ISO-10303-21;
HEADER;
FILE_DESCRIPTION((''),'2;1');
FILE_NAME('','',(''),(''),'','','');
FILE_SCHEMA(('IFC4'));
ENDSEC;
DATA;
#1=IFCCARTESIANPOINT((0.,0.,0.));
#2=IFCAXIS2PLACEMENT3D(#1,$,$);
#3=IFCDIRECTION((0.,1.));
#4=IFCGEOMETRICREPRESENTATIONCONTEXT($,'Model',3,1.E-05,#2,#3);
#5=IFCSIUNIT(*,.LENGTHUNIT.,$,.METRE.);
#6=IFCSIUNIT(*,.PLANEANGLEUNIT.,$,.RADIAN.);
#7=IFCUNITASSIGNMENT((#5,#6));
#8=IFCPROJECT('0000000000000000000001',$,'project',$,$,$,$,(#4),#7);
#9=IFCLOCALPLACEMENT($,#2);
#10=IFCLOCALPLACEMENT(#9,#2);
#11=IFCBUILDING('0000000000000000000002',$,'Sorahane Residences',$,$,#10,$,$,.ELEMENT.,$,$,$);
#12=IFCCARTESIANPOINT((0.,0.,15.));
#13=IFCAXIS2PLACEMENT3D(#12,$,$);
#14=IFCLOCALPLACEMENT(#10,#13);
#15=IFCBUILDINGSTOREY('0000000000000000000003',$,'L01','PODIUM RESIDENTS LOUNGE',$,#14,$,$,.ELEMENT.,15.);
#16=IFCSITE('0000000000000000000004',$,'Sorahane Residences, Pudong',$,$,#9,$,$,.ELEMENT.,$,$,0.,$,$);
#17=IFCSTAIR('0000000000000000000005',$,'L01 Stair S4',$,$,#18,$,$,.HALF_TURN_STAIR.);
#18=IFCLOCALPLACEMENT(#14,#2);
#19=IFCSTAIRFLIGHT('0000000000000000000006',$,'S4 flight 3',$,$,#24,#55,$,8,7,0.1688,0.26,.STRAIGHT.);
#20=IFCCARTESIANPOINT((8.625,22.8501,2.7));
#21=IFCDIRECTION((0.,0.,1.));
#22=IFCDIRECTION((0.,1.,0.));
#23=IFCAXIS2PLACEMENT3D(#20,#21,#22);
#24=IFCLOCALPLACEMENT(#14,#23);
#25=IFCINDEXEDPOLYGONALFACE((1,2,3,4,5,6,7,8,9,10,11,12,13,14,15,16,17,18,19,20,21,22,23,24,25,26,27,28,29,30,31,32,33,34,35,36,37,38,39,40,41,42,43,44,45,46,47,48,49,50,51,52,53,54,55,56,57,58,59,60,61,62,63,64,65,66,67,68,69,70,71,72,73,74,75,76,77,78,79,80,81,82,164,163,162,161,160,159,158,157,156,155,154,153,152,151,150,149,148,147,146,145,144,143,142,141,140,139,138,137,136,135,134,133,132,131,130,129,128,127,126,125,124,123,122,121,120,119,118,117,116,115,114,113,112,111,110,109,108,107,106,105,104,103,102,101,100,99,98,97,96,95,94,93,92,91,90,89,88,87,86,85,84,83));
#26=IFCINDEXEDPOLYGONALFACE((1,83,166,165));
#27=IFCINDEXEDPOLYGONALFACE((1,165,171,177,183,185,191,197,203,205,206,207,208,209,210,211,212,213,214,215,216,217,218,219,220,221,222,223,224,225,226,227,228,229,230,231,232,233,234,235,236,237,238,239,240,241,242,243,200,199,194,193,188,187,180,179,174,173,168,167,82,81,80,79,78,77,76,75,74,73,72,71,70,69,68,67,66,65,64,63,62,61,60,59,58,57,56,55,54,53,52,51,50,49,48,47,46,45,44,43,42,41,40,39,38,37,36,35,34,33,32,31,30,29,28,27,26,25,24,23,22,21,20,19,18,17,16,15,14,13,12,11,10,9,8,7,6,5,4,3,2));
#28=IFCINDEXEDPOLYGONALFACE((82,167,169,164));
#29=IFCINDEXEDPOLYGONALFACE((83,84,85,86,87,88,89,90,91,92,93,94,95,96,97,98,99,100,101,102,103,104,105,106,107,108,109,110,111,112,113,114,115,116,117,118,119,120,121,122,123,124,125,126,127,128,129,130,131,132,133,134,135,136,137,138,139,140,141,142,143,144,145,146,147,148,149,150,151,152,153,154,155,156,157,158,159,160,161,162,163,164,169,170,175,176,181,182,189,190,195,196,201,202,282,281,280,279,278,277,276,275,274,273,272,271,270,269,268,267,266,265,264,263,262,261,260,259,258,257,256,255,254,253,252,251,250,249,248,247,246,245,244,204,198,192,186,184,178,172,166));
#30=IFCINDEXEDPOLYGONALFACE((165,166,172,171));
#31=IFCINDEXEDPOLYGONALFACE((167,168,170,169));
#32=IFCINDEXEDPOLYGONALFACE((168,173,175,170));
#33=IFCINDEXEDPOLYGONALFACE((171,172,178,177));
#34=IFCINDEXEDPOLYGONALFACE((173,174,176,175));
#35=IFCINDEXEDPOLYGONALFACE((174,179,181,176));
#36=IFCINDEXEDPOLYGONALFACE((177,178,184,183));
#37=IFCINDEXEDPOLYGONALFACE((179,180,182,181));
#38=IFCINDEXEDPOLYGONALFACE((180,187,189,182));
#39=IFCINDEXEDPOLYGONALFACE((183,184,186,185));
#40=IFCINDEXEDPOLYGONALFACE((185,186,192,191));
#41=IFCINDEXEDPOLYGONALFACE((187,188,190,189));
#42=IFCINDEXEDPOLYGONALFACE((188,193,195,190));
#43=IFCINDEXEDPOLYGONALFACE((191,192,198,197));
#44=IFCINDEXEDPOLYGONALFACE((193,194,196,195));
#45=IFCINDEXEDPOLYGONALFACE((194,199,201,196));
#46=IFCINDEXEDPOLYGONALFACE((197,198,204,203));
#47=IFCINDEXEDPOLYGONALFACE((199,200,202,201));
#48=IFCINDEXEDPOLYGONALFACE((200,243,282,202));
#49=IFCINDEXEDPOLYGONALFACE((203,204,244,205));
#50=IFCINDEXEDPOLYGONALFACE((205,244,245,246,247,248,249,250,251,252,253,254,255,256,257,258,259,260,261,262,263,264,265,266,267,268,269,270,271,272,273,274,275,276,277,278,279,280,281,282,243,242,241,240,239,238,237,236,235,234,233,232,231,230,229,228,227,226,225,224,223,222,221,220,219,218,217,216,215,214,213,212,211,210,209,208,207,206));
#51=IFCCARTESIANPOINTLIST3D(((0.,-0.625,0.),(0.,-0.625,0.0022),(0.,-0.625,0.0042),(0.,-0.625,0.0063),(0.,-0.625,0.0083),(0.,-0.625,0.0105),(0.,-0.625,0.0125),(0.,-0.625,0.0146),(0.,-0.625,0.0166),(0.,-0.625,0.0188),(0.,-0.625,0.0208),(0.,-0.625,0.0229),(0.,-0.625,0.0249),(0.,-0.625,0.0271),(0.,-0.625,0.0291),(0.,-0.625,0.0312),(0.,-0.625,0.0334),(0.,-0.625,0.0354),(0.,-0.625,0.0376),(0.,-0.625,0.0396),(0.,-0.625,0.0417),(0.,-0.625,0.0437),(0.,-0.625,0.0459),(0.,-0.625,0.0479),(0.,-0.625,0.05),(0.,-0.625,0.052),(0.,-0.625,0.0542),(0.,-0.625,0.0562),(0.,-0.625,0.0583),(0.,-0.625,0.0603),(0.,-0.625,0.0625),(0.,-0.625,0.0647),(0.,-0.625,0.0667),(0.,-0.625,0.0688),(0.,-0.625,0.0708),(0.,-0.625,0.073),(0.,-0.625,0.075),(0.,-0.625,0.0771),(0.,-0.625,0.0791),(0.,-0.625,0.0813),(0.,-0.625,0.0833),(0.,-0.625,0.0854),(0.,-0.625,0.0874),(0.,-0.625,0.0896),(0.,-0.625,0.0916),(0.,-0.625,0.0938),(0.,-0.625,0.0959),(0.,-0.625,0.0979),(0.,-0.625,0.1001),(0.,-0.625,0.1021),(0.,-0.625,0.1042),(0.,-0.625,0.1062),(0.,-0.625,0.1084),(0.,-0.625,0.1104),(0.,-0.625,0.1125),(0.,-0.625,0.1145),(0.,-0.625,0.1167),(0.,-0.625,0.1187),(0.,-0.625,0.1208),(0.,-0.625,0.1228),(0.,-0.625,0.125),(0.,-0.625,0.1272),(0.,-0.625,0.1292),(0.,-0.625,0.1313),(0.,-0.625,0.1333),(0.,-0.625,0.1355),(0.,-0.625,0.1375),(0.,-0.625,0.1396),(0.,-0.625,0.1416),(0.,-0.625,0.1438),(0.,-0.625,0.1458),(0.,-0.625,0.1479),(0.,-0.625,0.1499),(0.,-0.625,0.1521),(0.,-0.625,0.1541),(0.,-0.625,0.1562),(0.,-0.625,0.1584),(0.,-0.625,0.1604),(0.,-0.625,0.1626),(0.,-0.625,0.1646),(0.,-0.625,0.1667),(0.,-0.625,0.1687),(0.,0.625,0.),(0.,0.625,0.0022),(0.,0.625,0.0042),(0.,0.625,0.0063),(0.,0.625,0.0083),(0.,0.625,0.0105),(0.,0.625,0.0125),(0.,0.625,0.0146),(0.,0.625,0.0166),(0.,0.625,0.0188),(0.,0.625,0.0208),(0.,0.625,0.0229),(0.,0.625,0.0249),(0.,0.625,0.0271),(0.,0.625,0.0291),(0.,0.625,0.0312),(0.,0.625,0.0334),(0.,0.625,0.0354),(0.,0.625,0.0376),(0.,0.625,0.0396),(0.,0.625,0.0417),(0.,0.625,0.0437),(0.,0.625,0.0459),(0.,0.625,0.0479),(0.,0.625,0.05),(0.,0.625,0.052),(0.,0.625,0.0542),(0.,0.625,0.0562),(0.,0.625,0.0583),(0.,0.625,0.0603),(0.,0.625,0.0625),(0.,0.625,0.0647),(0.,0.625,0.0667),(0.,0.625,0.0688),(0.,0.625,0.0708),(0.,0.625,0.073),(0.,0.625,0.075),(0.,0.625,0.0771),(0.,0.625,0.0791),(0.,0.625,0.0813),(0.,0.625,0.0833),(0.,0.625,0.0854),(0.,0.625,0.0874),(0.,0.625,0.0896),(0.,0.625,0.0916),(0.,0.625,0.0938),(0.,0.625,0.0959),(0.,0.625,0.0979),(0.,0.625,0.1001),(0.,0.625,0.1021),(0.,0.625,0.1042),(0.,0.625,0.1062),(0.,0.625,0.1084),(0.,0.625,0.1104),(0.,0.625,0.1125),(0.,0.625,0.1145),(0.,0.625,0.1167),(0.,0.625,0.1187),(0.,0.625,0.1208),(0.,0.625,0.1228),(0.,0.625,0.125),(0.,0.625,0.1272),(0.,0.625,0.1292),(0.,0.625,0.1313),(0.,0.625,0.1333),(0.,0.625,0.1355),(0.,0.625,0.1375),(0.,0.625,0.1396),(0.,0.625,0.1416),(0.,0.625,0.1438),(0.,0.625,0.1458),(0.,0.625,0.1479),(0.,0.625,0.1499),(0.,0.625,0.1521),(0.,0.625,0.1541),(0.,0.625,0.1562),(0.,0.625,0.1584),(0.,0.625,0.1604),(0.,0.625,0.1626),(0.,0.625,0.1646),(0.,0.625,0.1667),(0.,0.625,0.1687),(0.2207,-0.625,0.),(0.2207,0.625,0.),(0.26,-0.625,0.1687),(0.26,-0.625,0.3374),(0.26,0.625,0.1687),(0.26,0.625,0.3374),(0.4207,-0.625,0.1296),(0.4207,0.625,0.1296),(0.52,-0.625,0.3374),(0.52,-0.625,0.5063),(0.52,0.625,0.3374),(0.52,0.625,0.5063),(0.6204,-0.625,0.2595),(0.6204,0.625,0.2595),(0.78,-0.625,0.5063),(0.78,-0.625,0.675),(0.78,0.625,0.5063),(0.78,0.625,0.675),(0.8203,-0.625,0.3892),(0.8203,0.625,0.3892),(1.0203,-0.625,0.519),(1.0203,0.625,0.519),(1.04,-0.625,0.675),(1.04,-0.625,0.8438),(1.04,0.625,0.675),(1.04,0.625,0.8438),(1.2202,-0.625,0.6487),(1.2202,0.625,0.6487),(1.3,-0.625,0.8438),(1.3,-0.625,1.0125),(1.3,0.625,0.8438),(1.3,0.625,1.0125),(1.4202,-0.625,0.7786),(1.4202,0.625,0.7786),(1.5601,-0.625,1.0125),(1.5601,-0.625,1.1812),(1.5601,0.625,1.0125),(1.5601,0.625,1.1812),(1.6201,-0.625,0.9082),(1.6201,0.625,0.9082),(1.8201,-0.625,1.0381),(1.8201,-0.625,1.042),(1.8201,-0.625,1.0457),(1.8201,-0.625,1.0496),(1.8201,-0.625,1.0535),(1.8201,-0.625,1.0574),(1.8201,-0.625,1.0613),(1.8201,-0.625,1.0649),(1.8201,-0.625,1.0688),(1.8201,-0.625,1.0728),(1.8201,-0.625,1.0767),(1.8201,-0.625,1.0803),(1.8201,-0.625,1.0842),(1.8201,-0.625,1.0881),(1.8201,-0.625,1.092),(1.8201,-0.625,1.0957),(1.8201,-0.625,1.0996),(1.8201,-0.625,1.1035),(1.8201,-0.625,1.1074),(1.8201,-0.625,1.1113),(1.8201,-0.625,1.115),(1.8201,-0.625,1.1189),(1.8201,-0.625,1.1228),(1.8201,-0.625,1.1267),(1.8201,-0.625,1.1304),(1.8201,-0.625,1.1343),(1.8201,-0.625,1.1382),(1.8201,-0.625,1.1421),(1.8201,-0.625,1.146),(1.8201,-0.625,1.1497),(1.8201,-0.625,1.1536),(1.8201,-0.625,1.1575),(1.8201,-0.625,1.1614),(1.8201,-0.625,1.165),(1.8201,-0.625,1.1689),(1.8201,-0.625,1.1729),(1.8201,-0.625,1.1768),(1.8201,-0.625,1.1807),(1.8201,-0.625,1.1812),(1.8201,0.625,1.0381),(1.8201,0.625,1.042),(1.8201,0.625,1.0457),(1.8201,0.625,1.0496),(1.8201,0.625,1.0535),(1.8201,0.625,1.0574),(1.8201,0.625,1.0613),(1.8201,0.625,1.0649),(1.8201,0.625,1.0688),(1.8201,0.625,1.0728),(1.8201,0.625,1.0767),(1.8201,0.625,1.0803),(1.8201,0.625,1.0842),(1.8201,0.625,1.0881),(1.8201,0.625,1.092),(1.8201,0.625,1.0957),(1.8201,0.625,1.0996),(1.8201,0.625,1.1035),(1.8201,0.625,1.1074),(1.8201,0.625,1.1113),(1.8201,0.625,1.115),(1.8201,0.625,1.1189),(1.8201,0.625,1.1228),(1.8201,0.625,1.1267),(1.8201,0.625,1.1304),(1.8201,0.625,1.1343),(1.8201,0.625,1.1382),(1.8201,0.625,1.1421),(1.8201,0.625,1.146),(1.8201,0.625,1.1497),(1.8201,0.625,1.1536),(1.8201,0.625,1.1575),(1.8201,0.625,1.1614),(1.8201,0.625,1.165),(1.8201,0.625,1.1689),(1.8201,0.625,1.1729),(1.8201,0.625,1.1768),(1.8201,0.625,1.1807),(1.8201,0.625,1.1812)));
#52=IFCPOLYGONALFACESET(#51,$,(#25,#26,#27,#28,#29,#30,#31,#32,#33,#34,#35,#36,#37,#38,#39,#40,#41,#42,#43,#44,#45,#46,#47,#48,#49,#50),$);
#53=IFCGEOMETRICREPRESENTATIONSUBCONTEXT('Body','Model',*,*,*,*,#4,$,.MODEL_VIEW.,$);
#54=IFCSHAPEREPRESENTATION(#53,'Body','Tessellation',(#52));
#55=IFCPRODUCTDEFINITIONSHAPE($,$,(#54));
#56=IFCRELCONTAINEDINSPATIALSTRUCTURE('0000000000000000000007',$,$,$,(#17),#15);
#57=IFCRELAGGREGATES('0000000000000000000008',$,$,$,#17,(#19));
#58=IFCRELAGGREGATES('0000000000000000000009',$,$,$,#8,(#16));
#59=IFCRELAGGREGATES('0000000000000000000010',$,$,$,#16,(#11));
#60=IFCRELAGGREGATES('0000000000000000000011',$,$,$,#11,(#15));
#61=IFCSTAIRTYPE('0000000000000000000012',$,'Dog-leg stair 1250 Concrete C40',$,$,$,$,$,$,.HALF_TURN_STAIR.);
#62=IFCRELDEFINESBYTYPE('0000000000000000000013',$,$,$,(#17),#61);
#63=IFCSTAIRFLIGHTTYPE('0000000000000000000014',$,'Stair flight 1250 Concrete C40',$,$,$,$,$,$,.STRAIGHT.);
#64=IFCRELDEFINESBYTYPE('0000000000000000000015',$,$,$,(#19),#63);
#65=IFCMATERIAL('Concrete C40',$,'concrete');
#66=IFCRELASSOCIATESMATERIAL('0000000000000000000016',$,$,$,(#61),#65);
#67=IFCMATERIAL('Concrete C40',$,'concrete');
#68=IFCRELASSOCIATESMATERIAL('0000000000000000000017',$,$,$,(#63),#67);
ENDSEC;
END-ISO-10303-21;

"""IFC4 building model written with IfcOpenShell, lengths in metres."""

from ifc_helpers import new_model, si_unit, direction, frame, origin, place, context, subcontext, project, spatial, polyline, outline, extrude, material, type_object, element, aggregate, save


model = new_model("IFC4")

# Units and contexts
model_context = context("Model", 3, precision=1e-05, world=origin(), true_north=direction((0.0, 1.0)))
body_context = subcontext(model_context, "Body", "Model", "MODEL_VIEW")
ifc_project = project(units=[si_unit("LENGTHUNIT", "METRE"), si_unit("PLANEANGLEUNIT", "RADIAN")], contexts=[model_context])

# Site, building, storey
site_placement = place(None, origin())
site = spatial("IfcSite", under=ifc_project, at=site_placement, Name="Sorahane Residences, Pudong", CompositionType="ELEMENT", RefElevation=0.0)
building_placement = place(site_placement, origin())
building = spatial("IfcBuilding", under=site, at=building_placement, Name="Sorahane Residences", CompositionType="ELEMENT")
storey_placement = place(building_placement, frame((0.0, 0.0, 15.0)))
storey = spatial("IfcBuildingStorey", under=building, at=storey_placement, Name="L01", Description="PODIUM RESIDENTS LOUNGE", CompositionType="ELEMENT", Elevation=15.0)

# Stair, stair flight
ifc_material_1 = material(Name="Concrete C40", Category="concrete")
stair_type = type_object("IfcStairType", Name="Dog-leg stair 1250 Concrete C40", PredefinedType="HALF_TURN_STAIR", material=ifc_material_1)
stair_placement = place(storey_placement, origin())
stair = element("IfcStair", 1, at=stair_placement, inside=storey, type_object=stair_type, Name="L01 Stair S4", PredefinedType="HALF_TURN_STAIR")
ifc_material_2 = material(Name="Concrete C40", Category="concrete")
stair_flight_type = type_object("IfcStairFlightType", Name="Stair flight 1250 Concrete C40", PredefinedType="STRAIGHT", material=ifc_material_2)
stair_flight_1_placement = place(storey_placement, frame((8.625, 22.8501, 2.7), z_axis=(0.0, 0.0, 1.0), x_axis=(0.0, 1.0, 0.0)))
stair_flight_1 = element("IfcStairFlight", 2, at=stair_flight_1_placement, type_object=stair_flight_type, Name="S4 flight 3", NumberOfRisers=8, NumberOfTreads=7, PredefinedType="STRAIGHT", RiserHeight=0.1688, TreadLength=0.26, context=body_context, shape_type="SweptSolid", body=[
    extrude(outline(polyline([(0.0, 0.0), (0.0, 0.0022), (0.0, 0.0042), (0.0, 0.0063), (0.0, 0.0083), (0.0, 0.0105), (0.0, 0.0125), (0.0, 0.0146), (0.0, 0.0166), (0.0, 0.0188), (0.0, 0.0208), (0.0, 0.0229), (0.0, 0.0249), (0.0, 0.0271), (0.0, 0.0291), (0.0, 0.0312), (0.0, 0.0334), (0.0, 0.0354), (0.0, 0.0376), (0.0, 0.0396), (0.0, 0.0417), (0.0, 0.0437), (0.0, 0.0459), (0.0, 0.0479), (0.0, 0.05), (0.0, 0.052), (0.0, 0.0542), (0.0, 0.0562), (0.0, 0.0583), (0.0, 0.0603), (0.0, 0.0625), (0.0, 0.0647), (0.0, 0.0667), (0.0, 0.0688), (0.0, 0.0708), (0.0, 0.073), (0.0, 0.075), (0.0, 0.0771), (0.0, 0.0791), (0.0, 0.0813), (0.0, 0.0833), (0.0, 0.0854), (0.0, 0.0874), (0.0, 0.0896), (0.0, 0.0916), (0.0, 0.0938), (0.0, 0.0959), (0.0, 0.0979), (0.0, 0.1001), (0.0, 0.1021), (0.0, 0.1042), (0.0, 0.1062), (0.0, 0.1084), (0.0, 0.1104), (0.0, 0.1125), (0.0, 0.1145), (0.0, 0.1167), (0.0, 0.1187), (0.0, 0.1208), (0.0, 0.1228), (0.0, 0.125), (0.0, 0.1272), (0.0, 0.1292), (0.0, 0.1313), (0.0, 0.1333), (0.0, 0.1355), (0.0, 0.1375), (0.0, 0.1396), (0.0, 0.1416), (0.0, 0.1438), (0.0, 0.1458), (0.0, 0.1479), (0.0, 0.1499), (0.0, 0.1521), (0.0, 0.1541), (0.0, 0.1562), (0.0, 0.1584), (0.0, 0.1604), (0.0, 0.1626), (0.0, 0.1646), (0.0, 0.1667), (0.0, 0.1687), (0.26, 0.1687), (0.26, 0.3374), (0.52, 0.3374), (0.52, 0.5063), (0.78, 0.5063), (0.78, 0.675), (1.04, 0.675), (1.04, 0.8438), (1.3, 0.8438), (1.3, 1.0125), (1.5601, 1.0125), (1.5601, 1.1812), (1.8201, 1.1812), (1.8201, 1.3501), (1.8201, 1.3462), (1.8201, 1.3423), (1.8201, 1.3384), (1.8201, 1.3347), (1.8201, 1.3308), (1.8201, 1.3269), (1.8201, 1.323), (1.8201, 1.3191), (1.8201, 1.3154), (1.8201, 1.3115), (1.8201, 1.3076), (1.8201, 1.3037), (1.8201, 1.3), (1.8201, 1.2961), (1.8201, 1.2922), (1.8201, 1.2883), (1.8201, 1.2844), (1.8201, 1.2808), (1.8201, 1.2769), (1.8201, 1.2729), (1.8201, 1.269), (1.8201, 1.2654), (1.8201, 1.2615), (1.8201, 1.2576), (1.8201, 1.2537), (1.8201, 1.2498), (1.8201, 1.2461), (1.8201, 1.2422), (1.8201, 1.2383), (1.8201, 1.2344), (1.8201, 1.2307), (1.8201, 1.2268), (1.8201, 1.2229), (1.8201, 1.219), (1.8201, 1.2151), (1.8201, 1.2114), (1.8201, 1.2075), (1.8201, 1.2036), (1.8201, 1.1997), (1.8201, 1.196), (1.8201, 1.1921), (1.8201, 1.1882), (1.8201, 1.1843), (1.8201, 1.1807), (1.8201, 1.1768), (1.8201, 1.1729), (1.8201, 1.1689), (1.8201, 1.165), (1.8201, 1.1614), (1.8201, 1.1575), (1.8201, 1.1536), (1.8201, 1.1497), (1.8201, 1.146), (1.8201, 1.1421), (1.8201, 1.1382), (1.8201, 1.1343), (1.8201, 1.1304), (1.8201, 1.1267), (1.8201, 1.1228), (1.8201, 1.1189), (1.8201, 1.115), (1.8201, 1.1113), (1.8201, 1.1074), (1.8201, 1.1035), (1.8201, 1.0996), (1.8201, 1.0957), (1.8201, 1.092), (1.8201, 1.0881), (1.8201, 1.0842), (1.8201, 1.0803), (1.8201, 1.0767), (1.8201, 1.0728), (1.8201, 1.0688), (1.8201, 1.0649), (1.8201, 1.0613), (1.8201, 1.0574), (1.8201, 1.0535), (1.8201, 1.0496), (1.8201, 1.0457), (1.8201, 1.042), (1.8201, 1.0381), (1.6201, 0.9082), (1.4202, 0.7786), (1.2202, 0.6487), (1.0203, 0.519), (0.8203, 0.3892), (0.6204, 0.2595), (0.4207, 0.1296), (0.2207, 0.0), (0.0, 0.0)])), frame((0.0, 0.625, 0.0), z_axis=(0.0, -1.0, 0.0), x_axis=(1.0, 0.0, 0.0)), (0.0, 0.0, 1.0), 1.25),
])
aggregate(stair, [stair_flight_1])

save(model, "model.ifc")
